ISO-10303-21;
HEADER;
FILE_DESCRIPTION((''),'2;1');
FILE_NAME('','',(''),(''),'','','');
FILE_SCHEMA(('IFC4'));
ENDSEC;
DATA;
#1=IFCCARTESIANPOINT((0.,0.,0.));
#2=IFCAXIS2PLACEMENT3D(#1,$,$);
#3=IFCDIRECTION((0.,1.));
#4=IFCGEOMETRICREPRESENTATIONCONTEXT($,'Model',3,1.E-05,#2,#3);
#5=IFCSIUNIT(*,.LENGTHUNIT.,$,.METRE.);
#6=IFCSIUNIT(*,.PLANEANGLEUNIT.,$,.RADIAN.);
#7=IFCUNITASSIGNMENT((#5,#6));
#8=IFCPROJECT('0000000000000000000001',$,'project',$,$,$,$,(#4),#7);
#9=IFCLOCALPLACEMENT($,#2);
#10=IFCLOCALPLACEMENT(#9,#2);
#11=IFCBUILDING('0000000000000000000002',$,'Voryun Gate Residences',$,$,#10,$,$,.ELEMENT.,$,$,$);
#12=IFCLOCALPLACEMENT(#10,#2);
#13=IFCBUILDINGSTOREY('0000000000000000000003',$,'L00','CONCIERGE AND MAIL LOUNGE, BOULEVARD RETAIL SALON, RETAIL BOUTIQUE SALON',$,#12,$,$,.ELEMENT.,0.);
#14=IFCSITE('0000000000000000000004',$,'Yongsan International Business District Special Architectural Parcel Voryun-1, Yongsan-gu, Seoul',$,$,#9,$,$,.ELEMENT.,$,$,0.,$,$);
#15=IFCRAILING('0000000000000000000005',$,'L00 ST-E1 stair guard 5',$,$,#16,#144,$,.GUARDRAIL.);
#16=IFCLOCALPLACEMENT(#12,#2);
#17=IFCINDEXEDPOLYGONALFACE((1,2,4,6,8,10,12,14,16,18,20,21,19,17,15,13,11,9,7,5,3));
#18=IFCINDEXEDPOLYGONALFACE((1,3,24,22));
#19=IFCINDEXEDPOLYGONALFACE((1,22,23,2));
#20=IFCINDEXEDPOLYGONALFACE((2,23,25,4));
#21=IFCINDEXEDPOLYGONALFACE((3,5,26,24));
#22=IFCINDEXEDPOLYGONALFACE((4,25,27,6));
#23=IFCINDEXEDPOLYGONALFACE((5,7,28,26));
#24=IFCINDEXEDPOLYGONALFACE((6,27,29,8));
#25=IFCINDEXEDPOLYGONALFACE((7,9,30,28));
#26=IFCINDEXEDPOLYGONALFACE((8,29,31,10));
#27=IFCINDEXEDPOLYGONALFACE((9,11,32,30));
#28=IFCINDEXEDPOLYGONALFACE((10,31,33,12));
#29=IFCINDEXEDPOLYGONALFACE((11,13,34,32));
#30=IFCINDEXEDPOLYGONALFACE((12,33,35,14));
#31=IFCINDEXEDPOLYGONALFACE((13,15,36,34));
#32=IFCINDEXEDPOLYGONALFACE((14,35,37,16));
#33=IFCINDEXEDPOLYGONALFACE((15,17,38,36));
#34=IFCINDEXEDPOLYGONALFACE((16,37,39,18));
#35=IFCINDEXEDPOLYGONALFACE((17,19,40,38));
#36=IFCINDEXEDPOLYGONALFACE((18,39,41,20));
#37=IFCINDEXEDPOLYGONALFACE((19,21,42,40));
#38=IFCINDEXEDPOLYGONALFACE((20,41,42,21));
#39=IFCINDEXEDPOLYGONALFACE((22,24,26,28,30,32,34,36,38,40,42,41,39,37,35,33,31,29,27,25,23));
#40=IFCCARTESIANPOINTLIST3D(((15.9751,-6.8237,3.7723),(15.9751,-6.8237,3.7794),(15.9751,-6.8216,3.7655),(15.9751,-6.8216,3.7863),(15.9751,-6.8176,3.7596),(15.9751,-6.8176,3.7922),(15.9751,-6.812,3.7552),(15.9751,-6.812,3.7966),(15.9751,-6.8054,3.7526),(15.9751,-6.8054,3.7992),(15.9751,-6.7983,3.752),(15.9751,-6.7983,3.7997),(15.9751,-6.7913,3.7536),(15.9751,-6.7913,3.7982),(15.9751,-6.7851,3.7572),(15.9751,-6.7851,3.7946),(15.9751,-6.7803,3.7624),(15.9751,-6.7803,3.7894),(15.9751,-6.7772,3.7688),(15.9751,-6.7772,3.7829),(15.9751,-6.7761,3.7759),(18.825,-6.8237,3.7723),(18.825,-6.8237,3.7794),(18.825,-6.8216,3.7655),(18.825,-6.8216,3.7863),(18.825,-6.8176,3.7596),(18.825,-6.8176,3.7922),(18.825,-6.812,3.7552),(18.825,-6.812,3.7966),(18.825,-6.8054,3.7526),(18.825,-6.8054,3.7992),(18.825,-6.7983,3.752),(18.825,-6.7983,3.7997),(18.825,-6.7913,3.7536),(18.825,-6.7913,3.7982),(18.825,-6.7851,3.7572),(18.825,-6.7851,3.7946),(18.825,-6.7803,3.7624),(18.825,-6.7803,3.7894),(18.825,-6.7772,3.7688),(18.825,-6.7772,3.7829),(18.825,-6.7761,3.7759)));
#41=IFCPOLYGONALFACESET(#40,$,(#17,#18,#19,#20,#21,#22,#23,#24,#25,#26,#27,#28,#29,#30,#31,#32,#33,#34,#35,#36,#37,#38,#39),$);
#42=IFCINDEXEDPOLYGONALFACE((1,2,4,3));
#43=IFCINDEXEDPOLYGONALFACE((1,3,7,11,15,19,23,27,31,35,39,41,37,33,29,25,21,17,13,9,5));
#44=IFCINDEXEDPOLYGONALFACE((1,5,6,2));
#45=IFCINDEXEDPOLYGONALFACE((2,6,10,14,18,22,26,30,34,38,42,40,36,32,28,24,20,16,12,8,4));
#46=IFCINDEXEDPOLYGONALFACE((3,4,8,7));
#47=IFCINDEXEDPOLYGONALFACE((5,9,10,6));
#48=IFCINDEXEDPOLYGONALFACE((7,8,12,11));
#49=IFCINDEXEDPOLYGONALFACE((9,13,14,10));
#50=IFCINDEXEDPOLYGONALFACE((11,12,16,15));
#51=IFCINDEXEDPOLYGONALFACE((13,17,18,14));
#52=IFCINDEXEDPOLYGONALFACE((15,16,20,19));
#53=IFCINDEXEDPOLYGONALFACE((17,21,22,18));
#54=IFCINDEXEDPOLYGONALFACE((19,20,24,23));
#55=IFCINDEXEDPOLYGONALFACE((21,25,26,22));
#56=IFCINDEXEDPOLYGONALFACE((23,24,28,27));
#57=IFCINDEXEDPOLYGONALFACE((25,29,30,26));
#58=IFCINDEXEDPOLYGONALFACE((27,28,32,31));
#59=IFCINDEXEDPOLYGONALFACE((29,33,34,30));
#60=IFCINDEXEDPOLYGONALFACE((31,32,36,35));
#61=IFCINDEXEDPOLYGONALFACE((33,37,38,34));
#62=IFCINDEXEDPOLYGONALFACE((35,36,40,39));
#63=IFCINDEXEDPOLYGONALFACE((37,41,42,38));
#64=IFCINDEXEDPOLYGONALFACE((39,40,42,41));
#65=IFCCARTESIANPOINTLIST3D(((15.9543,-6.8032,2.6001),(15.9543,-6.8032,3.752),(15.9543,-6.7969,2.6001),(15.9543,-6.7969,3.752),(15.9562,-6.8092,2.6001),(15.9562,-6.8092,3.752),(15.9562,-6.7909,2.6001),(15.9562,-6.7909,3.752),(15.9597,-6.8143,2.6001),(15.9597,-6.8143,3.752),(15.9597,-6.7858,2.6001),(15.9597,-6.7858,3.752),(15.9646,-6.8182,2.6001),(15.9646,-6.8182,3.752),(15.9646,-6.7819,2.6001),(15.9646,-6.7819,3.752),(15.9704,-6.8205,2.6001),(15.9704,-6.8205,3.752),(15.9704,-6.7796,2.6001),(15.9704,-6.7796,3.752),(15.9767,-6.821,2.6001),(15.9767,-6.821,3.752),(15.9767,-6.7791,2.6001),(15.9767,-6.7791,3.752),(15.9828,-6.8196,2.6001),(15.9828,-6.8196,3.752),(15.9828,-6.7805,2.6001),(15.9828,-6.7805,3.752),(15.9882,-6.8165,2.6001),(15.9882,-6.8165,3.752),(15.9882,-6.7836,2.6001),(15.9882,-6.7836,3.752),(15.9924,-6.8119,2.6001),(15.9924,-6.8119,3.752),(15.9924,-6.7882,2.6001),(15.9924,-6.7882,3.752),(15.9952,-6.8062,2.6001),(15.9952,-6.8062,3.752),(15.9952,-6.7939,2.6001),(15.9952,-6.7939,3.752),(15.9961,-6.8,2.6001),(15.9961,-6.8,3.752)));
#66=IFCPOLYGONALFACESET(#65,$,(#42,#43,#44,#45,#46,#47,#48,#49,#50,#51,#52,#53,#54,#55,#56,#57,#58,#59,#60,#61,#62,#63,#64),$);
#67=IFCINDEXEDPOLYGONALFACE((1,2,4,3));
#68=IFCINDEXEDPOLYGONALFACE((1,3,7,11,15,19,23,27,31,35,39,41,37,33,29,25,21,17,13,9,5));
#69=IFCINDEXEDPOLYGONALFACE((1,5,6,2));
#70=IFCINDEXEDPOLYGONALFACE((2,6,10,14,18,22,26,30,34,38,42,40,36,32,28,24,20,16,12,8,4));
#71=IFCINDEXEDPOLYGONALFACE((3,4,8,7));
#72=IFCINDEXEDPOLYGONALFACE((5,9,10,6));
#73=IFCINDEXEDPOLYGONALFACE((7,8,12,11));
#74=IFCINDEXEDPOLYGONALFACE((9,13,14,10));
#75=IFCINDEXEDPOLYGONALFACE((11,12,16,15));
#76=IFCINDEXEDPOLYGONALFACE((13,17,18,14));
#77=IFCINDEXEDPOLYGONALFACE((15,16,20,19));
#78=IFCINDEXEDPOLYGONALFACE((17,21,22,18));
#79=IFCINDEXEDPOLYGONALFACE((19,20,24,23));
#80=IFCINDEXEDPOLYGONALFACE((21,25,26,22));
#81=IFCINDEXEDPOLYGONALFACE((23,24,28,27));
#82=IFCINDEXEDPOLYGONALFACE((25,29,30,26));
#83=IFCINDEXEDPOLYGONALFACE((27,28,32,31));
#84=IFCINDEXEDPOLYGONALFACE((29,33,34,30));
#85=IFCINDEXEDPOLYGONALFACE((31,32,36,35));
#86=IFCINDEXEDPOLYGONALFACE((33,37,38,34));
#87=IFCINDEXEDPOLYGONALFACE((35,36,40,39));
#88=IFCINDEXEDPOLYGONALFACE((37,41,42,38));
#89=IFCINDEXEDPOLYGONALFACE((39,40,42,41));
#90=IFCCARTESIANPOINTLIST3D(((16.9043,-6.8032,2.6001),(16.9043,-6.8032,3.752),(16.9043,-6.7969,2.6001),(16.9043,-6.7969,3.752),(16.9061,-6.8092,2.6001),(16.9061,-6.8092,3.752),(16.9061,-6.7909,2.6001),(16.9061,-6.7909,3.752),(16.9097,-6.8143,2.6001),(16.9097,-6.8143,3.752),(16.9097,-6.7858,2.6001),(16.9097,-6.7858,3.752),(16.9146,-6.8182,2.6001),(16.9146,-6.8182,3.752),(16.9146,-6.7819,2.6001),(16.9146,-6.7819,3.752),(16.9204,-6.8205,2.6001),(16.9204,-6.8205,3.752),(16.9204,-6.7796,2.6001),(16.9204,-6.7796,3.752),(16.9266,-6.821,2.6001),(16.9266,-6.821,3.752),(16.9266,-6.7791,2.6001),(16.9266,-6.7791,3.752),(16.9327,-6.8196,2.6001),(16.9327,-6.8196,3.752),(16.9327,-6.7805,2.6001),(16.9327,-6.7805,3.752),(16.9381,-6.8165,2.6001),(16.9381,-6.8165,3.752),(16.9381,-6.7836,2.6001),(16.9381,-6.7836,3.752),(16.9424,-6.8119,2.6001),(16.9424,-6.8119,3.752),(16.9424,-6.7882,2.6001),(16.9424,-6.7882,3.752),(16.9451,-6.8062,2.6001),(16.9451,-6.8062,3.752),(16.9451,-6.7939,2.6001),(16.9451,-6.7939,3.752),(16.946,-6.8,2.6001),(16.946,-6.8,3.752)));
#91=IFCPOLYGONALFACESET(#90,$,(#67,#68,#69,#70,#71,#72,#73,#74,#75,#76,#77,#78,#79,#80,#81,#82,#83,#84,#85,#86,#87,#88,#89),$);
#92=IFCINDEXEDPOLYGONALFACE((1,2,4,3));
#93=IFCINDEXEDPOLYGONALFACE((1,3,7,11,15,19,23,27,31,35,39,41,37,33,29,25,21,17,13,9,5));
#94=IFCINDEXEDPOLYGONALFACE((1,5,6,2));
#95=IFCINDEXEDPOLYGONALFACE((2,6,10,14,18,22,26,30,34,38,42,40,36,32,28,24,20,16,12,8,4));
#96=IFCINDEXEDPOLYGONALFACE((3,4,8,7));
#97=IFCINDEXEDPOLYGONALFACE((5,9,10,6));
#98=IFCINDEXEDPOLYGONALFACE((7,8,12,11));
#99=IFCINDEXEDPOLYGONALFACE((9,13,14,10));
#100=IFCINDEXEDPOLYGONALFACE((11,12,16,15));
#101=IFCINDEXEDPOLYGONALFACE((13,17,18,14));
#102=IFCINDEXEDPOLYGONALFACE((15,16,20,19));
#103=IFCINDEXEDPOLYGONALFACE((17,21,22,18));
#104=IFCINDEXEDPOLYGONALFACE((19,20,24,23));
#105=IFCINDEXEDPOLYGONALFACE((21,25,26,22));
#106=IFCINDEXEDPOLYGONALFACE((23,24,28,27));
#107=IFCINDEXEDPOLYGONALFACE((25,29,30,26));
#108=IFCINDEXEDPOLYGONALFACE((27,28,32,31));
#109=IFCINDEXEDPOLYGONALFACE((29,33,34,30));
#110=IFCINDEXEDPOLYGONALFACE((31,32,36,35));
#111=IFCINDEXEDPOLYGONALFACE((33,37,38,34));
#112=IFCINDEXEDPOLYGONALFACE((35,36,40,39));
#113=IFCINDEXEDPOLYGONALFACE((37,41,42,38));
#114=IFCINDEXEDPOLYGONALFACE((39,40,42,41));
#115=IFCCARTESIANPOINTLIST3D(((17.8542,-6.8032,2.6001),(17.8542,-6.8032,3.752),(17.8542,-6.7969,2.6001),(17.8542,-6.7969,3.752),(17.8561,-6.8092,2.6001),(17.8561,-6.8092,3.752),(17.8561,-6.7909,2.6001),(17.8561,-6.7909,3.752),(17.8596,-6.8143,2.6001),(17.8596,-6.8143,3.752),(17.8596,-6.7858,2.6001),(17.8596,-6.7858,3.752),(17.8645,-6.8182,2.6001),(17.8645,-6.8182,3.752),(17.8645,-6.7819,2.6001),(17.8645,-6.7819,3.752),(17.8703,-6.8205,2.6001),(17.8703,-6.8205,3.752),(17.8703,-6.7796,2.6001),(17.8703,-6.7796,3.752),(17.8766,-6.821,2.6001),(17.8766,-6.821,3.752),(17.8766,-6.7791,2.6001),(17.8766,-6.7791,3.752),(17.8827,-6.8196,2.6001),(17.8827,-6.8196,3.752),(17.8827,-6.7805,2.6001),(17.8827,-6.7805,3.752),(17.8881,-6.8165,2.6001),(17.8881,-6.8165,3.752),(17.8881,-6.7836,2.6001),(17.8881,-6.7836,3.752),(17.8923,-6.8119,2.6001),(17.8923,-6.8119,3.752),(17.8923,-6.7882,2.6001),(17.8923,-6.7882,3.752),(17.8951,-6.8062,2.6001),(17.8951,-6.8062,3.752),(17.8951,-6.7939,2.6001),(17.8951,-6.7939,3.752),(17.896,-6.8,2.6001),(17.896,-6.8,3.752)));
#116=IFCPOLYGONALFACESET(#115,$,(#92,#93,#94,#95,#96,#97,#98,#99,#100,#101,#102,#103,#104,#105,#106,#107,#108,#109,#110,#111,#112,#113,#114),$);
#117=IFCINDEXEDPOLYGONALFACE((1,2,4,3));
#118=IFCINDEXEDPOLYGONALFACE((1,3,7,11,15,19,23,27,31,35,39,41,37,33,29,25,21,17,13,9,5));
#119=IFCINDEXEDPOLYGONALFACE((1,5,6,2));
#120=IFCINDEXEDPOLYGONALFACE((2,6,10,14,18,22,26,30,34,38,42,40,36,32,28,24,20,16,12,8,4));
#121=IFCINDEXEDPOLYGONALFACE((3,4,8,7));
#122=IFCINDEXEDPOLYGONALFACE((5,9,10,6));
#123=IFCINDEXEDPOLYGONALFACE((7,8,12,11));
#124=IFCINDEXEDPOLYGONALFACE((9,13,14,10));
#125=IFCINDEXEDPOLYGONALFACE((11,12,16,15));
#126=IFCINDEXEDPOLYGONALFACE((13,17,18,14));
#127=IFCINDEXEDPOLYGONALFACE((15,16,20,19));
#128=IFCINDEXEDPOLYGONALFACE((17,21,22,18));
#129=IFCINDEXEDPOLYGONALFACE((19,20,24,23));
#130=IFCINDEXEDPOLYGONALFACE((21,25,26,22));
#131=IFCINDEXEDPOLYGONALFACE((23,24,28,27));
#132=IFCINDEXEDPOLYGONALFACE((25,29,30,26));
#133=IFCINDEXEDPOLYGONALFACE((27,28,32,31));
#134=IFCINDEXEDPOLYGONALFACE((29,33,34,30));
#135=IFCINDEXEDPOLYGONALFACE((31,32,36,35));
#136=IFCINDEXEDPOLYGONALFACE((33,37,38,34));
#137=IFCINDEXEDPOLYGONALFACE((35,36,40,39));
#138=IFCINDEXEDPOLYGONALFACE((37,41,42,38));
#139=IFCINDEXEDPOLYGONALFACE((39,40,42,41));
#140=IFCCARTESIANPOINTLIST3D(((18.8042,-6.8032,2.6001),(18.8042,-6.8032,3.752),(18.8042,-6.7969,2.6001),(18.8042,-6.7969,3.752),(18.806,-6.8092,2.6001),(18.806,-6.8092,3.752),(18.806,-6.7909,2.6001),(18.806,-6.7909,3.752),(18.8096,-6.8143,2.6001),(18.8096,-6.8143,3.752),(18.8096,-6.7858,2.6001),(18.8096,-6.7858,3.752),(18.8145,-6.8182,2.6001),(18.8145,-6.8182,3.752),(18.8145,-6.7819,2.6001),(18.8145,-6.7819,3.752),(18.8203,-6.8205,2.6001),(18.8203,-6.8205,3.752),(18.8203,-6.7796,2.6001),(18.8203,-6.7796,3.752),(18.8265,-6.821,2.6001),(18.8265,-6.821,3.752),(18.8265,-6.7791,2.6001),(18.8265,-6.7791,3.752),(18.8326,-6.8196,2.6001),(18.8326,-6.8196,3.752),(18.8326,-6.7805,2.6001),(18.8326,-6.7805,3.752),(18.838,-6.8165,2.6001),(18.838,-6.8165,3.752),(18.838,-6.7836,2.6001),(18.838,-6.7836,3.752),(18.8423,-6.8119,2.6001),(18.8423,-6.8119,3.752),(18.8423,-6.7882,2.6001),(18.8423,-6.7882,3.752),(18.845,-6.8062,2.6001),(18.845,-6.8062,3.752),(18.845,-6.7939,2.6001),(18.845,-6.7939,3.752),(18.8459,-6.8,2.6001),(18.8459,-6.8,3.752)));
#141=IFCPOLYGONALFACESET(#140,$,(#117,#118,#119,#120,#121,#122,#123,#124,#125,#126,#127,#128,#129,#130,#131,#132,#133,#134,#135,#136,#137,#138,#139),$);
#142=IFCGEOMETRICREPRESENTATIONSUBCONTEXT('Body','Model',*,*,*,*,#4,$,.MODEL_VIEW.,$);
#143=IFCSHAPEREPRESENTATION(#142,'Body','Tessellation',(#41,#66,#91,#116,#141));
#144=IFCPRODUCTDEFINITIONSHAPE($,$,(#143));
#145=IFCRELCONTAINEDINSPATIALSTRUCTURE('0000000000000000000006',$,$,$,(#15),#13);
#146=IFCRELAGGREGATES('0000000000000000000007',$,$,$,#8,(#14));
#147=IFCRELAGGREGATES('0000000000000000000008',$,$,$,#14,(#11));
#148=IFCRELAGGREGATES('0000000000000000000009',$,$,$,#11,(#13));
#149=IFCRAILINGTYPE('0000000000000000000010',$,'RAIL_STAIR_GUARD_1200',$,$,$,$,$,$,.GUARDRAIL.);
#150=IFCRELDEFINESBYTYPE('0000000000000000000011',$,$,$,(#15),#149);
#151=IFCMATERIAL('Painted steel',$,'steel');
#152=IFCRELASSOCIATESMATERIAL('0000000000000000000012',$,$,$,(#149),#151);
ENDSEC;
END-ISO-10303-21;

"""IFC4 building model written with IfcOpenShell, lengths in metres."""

from ifc_helpers import new_model, si_unit, direction, frame, origin, origin_2d, place, context, subcontext, project, spatial, circle, extrude, material, type_object, element, save


model = new_model("IFC4")

# Units and contexts
model_context = context("Model", 3, precision=1e-05, world=origin(), true_north=direction((0.0, 1.0)))
body_context = subcontext(model_context, "Body", "Model", "MODEL_VIEW")
ifc_project = project(units=[si_unit("LENGTHUNIT", "METRE"), si_unit("PLANEANGLEUNIT", "RADIAN")], contexts=[model_context])

# Site, building, storey
site_placement = place(None, origin())
site = spatial("IfcSite", under=ifc_project, at=site_placement, Name="Yongsan International Business District Special Architectural Parcel Voryun-1, Yongsan-gu, Seoul", CompositionType="ELEMENT", RefElevation=0.0)
building_placement = place(site_placement, origin())
building = spatial("IfcBuilding", under=site, at=building_placement, Name="Voryun Gate Residences", CompositionType="ELEMENT")
storey_placement = place(building_placement, origin())
storey = spatial("IfcBuildingStorey", under=building, at=storey_placement, Name="L00", Description="CONCIERGE AND MAIL LOUNGE, BOULEVARD RETAIL SALON, RETAIL BOUTIQUE SALON", CompositionType="ELEMENT", Elevation=0.0)

# Railing
ifc_material_1 = material(Name="Painted steel", Category="steel")
railing_type_1 = type_object("IfcRailingType", Name="RAIL_STAIR_GUARD_1200", PredefinedType="GUARDRAIL", material=ifc_material_1)
railing_1_placement = place(storey_placement, frame((15.9751, -6.8, 2.6001)))
element("IfcRailing", 1, at=railing_1_placement, inside=storey, type_object=railing_type_1, Name="L00 ST-E1 stair guard 5", PredefinedType="GUARDRAIL", context=body_context, shape_type="SweptSolid", body=[
    extrude(circle(Radius=0.0239, at=origin_2d()), frame((0.0, 0.0, 1.1758), z_axis=(1.0, 0.0, 0.0), x_axis=(0.0, 1.0, 0.0)), (0.0, 0.0, 1.0), 2.8499),
    extrude(circle(Radius=0.021, at=origin_2d()), origin(), (0.0, 0.0, 1.0), 1.1519),
    extrude(circle(Radius=0.021, at=origin_2d()), frame((0.95, 0.0, 0.0)), (0.0, 0.0, 1.0), 1.1519),
    extrude(circle(Radius=0.021, at=origin_2d()), frame((1.8999, 0.0, 0.0)), (0.0, 0.0, 1.0), 1.1519),
    extrude(circle(Radius=0.021, at=origin_2d()), frame((2.8499, 0.0, 0.0)), (0.0, 0.0, 1.0), 1.1519),
])

save(model, "model.ifc")
